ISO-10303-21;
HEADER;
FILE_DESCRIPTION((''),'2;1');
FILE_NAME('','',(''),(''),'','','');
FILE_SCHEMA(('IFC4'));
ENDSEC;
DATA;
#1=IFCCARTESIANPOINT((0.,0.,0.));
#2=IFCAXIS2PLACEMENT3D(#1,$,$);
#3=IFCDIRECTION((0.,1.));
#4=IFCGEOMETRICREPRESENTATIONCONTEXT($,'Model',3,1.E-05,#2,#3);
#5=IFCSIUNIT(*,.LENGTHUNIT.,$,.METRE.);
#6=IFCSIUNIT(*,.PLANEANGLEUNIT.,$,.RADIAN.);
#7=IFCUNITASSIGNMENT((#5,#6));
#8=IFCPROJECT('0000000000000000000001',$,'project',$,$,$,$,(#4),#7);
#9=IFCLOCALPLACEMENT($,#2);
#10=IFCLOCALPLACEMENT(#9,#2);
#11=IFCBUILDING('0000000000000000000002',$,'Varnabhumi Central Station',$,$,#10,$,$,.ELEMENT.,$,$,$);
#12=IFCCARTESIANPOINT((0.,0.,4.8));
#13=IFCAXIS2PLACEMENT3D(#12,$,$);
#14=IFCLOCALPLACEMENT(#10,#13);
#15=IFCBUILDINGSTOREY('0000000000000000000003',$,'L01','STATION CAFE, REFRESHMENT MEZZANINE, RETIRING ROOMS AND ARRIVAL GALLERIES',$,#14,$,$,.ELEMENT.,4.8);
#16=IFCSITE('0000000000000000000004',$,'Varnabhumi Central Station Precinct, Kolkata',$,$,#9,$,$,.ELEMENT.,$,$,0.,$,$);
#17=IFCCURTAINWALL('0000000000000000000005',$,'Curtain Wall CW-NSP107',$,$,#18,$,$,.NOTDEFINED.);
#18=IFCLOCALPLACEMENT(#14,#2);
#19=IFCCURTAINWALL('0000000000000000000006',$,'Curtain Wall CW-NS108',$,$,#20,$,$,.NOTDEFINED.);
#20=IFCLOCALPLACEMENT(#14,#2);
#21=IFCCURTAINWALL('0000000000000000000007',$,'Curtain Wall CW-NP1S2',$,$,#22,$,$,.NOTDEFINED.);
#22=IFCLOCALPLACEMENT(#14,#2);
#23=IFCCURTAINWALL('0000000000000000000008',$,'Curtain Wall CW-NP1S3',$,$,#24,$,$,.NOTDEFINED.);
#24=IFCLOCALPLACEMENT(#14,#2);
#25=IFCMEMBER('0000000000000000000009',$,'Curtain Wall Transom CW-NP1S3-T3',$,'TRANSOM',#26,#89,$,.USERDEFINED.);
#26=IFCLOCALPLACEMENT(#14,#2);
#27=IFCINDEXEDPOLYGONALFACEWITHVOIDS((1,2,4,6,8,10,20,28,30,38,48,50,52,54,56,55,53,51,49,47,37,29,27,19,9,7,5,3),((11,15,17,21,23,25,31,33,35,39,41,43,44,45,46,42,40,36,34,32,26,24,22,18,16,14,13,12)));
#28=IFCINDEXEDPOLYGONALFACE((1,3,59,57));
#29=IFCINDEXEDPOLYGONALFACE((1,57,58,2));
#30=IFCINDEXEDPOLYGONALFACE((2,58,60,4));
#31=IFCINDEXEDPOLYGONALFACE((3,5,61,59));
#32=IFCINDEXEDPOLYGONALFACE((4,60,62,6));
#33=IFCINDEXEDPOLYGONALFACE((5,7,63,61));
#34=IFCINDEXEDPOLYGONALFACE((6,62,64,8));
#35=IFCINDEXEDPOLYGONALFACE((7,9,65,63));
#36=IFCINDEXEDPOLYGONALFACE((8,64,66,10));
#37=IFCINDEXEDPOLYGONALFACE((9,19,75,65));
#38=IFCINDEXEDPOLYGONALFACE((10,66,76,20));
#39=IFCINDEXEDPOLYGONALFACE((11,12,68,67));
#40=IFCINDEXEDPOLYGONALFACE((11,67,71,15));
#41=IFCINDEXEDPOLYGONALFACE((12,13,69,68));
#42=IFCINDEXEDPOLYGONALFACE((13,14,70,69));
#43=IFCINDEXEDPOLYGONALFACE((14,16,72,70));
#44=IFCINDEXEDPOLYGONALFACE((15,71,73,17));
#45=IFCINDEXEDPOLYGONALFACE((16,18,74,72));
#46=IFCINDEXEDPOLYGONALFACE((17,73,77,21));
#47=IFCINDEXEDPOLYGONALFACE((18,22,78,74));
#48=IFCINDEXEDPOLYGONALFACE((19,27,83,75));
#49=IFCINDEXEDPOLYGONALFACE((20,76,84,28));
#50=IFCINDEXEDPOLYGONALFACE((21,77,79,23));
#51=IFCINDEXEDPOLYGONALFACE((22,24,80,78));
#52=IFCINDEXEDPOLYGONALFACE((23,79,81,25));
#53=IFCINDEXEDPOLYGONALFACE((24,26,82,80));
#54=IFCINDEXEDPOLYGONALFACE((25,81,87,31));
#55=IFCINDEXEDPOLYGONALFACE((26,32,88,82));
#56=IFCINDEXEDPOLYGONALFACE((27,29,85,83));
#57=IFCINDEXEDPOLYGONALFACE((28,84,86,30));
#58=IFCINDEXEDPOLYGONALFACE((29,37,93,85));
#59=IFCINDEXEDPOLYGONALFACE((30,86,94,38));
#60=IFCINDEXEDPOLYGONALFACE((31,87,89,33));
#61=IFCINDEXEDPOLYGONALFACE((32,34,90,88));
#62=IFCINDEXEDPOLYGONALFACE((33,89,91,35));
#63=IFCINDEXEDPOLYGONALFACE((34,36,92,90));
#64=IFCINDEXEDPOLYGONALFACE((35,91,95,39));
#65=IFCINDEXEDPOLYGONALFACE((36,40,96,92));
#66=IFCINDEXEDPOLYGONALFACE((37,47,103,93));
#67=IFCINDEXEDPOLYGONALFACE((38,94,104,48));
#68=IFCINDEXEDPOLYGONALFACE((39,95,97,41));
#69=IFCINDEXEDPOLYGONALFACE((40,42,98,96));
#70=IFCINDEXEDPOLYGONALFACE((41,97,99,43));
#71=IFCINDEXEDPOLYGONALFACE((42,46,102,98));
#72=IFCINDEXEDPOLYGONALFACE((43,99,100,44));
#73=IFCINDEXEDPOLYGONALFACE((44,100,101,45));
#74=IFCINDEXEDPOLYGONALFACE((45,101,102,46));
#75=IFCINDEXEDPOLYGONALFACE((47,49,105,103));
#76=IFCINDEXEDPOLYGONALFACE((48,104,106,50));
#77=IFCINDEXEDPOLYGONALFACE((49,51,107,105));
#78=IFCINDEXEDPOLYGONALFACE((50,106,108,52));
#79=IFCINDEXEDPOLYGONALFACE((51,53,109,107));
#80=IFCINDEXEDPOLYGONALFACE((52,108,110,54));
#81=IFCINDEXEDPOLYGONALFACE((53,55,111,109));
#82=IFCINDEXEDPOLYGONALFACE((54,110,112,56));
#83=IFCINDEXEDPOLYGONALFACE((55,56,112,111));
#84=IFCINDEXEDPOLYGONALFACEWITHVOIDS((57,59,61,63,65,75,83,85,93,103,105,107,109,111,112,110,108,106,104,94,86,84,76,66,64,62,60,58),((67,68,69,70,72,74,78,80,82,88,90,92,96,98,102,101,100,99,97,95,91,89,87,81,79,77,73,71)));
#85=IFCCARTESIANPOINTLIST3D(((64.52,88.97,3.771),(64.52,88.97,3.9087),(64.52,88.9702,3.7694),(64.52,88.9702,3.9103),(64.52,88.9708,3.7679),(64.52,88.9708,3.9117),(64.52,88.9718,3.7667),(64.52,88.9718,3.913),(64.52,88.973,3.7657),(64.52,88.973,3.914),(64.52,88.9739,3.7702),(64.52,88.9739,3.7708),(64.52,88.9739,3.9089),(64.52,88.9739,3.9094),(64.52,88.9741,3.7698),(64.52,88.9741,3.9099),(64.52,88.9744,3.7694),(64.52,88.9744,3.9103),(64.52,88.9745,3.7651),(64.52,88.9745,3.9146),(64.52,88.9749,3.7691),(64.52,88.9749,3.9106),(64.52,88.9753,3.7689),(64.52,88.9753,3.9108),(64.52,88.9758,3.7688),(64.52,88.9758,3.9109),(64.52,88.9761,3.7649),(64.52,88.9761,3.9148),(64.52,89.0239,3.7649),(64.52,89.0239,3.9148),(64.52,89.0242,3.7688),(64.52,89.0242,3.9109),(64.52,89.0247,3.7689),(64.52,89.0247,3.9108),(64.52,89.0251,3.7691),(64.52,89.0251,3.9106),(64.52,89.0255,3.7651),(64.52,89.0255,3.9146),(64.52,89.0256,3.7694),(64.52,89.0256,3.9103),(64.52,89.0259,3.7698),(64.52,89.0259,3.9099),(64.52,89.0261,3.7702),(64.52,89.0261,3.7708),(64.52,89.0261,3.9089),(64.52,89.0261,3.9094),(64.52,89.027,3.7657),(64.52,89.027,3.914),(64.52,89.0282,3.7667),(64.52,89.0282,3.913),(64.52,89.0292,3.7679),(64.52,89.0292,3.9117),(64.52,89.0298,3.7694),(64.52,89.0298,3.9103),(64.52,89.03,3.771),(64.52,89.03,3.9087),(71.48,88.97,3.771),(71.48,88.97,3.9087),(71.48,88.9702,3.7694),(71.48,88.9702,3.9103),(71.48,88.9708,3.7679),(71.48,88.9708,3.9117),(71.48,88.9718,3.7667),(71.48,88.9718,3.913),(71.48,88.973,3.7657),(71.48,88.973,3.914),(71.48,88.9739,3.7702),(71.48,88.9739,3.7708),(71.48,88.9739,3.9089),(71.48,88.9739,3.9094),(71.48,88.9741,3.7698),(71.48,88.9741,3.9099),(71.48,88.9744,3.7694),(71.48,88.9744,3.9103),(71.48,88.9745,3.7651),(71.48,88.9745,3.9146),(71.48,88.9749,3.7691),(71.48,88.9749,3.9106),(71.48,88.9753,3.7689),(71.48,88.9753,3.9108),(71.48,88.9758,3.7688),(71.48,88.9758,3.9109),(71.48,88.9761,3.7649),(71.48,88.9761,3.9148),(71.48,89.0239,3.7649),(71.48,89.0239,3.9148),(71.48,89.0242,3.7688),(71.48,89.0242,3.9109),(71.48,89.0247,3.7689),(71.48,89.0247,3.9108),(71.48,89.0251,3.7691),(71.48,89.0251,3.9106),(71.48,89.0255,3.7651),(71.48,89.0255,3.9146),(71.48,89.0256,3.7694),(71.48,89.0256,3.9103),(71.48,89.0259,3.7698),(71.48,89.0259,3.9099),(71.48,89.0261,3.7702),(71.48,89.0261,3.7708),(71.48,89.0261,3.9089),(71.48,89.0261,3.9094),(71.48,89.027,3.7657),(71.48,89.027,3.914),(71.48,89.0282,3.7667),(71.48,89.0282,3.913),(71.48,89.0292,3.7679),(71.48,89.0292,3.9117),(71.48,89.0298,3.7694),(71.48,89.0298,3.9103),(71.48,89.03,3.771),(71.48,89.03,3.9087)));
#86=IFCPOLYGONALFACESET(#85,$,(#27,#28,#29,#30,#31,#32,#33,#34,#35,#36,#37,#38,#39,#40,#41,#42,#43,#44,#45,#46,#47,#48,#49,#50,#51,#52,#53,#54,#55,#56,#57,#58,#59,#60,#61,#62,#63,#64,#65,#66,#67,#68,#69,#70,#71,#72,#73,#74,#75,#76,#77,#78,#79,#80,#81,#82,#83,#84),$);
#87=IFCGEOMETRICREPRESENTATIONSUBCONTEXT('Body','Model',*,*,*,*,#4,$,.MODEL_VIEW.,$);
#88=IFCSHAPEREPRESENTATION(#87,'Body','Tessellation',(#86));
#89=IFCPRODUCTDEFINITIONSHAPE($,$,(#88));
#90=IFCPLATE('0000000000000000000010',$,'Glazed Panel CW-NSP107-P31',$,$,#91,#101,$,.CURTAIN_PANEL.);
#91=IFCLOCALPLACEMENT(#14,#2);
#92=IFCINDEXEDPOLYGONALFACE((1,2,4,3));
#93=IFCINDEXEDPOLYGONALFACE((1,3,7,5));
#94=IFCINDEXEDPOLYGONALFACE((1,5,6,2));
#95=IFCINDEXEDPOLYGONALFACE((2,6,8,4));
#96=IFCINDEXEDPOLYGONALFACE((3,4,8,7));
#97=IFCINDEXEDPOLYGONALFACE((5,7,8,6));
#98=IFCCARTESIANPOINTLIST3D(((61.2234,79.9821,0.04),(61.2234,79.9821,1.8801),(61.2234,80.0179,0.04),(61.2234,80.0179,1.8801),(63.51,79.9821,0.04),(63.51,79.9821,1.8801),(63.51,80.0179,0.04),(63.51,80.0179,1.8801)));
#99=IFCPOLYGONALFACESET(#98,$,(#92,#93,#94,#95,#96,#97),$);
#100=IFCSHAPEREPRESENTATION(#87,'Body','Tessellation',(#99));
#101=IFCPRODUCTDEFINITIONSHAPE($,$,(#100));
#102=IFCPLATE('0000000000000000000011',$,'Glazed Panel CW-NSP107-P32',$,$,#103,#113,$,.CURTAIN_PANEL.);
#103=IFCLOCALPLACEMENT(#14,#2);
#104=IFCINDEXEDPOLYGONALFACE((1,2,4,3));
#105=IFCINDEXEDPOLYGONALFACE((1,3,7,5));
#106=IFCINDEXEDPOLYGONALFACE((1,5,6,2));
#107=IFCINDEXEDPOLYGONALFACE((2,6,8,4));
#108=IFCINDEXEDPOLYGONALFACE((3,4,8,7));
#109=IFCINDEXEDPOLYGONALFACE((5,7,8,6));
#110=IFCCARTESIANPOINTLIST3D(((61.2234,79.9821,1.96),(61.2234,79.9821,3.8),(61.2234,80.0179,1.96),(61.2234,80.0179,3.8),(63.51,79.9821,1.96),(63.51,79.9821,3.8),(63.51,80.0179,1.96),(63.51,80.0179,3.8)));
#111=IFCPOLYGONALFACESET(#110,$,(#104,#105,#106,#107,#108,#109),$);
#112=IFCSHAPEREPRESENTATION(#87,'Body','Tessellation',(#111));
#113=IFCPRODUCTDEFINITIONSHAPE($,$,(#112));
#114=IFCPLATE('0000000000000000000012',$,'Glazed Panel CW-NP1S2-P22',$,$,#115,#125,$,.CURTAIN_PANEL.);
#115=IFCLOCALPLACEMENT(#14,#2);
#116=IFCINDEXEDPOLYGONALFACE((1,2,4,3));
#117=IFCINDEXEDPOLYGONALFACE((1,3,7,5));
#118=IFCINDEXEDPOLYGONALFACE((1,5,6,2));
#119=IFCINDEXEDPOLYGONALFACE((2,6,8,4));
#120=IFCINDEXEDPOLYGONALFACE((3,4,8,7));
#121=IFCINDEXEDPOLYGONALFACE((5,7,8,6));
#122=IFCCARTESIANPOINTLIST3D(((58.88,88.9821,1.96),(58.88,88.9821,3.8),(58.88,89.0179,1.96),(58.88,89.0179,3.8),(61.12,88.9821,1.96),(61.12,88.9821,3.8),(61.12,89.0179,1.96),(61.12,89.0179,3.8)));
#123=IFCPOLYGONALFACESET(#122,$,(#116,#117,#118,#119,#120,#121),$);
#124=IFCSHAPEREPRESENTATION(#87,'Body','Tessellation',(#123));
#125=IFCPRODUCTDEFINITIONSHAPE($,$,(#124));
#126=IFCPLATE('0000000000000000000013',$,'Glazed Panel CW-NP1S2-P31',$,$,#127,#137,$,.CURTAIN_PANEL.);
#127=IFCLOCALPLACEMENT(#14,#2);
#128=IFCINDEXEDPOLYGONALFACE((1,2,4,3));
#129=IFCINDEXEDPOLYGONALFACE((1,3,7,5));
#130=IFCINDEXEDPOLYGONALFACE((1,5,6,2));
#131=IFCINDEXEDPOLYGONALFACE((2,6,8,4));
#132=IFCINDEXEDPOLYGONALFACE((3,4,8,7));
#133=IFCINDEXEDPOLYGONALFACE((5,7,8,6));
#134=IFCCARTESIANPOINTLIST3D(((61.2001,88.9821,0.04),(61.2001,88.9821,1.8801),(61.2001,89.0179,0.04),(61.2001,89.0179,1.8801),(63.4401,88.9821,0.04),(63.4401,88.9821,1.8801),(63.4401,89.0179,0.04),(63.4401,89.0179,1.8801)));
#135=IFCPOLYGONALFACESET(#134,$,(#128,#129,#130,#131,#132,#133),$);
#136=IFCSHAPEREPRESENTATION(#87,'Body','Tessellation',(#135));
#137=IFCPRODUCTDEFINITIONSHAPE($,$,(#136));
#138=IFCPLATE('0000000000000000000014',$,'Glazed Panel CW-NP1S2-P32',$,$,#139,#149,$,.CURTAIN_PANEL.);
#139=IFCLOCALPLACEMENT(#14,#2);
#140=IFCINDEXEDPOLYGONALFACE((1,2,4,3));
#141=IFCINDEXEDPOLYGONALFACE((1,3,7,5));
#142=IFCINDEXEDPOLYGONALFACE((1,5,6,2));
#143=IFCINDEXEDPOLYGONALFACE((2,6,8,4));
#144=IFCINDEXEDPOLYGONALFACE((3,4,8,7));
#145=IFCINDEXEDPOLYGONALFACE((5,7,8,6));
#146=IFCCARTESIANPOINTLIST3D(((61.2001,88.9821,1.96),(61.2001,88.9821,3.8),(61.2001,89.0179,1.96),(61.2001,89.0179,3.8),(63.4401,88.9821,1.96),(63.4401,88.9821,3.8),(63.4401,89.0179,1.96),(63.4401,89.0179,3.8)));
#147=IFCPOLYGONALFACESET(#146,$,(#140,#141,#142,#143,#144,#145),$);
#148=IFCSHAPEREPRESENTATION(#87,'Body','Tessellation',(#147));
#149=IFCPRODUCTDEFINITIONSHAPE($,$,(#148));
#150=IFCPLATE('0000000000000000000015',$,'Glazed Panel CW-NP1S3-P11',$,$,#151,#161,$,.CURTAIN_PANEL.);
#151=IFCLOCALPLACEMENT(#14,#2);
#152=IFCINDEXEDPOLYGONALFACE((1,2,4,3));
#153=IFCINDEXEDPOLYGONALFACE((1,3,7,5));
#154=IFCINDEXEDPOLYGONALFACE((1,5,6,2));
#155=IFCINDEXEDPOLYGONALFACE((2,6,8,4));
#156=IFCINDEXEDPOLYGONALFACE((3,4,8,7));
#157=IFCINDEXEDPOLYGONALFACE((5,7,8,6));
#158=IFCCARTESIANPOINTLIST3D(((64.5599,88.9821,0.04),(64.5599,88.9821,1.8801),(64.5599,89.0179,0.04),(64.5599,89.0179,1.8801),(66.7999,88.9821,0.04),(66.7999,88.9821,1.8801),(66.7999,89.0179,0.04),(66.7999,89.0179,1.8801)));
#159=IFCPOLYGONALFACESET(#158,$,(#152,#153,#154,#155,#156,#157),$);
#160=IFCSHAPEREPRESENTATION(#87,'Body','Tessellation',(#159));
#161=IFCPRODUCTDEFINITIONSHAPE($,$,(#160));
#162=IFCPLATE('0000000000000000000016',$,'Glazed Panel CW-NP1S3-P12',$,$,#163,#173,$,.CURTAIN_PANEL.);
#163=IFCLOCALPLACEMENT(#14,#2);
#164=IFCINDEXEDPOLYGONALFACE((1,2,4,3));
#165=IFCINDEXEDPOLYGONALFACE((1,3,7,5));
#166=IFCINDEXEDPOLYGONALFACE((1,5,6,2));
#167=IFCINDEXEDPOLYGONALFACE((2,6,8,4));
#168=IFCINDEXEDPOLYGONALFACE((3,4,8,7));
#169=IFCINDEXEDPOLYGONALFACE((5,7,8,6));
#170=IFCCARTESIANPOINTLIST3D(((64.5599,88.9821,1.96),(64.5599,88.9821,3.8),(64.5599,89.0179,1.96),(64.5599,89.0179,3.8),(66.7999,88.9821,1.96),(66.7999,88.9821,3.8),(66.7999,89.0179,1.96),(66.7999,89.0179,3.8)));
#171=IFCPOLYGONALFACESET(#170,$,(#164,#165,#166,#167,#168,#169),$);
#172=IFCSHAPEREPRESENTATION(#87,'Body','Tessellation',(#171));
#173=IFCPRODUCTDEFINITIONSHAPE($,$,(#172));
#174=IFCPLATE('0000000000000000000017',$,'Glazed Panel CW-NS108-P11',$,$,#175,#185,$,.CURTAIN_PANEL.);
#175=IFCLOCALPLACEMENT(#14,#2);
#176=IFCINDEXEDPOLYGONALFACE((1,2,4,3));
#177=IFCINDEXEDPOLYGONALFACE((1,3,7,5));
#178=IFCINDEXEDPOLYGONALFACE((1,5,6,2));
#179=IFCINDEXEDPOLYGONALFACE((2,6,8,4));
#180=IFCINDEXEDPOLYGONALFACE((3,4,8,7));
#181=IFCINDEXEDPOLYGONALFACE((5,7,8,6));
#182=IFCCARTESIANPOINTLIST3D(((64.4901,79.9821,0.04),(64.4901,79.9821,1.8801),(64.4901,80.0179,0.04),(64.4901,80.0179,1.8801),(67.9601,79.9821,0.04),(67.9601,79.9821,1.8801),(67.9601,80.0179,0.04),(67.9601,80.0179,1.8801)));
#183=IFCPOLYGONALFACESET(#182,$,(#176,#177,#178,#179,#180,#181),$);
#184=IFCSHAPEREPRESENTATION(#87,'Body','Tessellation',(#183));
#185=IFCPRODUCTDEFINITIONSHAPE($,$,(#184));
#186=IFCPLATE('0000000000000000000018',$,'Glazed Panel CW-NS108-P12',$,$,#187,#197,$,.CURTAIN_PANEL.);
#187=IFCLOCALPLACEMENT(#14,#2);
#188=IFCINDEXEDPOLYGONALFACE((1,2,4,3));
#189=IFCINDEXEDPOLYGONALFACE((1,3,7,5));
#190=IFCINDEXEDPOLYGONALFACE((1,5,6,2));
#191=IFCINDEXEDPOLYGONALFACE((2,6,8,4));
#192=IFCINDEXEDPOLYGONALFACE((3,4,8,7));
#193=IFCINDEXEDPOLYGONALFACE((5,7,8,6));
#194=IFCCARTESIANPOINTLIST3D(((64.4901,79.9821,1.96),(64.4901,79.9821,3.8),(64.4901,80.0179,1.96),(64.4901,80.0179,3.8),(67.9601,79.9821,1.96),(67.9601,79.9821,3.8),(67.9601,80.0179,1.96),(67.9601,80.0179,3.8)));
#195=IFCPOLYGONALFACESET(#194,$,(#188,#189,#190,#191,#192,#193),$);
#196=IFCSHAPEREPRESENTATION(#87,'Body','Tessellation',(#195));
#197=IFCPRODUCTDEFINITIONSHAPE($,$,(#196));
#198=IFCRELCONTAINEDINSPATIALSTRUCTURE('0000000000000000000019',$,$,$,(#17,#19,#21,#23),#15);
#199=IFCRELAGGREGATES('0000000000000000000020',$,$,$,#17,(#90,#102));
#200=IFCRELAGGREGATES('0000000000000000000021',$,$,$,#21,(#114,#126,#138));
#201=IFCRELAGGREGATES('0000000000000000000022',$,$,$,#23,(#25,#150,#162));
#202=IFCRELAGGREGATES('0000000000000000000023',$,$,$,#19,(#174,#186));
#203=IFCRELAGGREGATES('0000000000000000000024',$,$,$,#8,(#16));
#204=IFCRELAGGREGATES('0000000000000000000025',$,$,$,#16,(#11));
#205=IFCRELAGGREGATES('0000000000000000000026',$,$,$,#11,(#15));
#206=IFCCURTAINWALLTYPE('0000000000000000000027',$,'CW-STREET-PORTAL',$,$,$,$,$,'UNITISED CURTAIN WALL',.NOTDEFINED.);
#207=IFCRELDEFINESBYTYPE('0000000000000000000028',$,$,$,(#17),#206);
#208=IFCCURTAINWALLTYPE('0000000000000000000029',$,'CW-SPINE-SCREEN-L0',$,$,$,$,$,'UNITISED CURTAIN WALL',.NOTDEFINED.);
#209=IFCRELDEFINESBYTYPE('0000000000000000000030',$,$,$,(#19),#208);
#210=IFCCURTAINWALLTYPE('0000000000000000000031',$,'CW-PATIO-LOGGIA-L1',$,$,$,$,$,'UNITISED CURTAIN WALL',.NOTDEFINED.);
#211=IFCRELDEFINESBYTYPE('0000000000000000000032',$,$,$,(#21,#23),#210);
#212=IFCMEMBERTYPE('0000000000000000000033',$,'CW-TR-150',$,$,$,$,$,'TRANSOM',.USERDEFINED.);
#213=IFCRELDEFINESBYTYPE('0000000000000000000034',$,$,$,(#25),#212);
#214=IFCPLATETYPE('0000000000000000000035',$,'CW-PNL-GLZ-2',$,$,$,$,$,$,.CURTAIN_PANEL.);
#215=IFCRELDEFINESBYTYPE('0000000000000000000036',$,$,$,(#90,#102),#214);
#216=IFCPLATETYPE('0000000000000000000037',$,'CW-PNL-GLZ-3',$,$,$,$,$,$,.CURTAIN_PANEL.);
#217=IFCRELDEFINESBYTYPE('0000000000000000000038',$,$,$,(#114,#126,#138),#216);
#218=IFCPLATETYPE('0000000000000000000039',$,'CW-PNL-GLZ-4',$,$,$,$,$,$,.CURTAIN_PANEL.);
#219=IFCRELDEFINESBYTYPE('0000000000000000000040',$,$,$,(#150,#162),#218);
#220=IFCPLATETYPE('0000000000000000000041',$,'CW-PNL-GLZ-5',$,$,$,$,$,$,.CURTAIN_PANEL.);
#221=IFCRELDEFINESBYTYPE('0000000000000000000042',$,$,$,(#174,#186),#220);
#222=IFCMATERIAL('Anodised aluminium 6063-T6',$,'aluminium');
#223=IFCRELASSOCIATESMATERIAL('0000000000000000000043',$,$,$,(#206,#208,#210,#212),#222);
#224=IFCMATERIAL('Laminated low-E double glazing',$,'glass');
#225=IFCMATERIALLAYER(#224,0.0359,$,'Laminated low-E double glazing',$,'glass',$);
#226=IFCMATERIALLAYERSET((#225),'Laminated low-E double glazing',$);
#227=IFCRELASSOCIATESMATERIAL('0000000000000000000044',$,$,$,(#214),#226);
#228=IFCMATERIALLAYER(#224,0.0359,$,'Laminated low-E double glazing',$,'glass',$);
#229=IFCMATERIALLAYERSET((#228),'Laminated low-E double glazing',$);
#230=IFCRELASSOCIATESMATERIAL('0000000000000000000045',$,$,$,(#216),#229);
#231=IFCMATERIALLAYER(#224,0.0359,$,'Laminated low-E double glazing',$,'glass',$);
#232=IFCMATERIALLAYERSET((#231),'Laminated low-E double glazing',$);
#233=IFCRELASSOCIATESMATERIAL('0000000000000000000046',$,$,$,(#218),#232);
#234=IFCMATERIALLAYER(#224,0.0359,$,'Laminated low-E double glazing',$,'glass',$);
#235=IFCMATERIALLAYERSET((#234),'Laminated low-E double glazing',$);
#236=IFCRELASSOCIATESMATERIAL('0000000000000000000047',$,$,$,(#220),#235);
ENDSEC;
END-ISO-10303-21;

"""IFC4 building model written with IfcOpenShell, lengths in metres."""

from ifc_helpers import new_model, si_unit, direction, frame, origin, origin_2d, place, context, subcontext, project, spatial, rectangle, hollow_rectangle, extrude, material, layer, layer_set, material_profile, profile_set, type_object, element, aggregate, save


model = new_model("IFC4")

# Units and contexts
model_context = context("Model", 3, precision=1e-05, world=origin(), true_north=direction((0.0, 1.0)))
body_context = subcontext(model_context, "Body", "Model", "MODEL_VIEW")
ifc_project = project(units=[si_unit("LENGTHUNIT", "METRE"), si_unit("PLANEANGLEUNIT", "RADIAN")], contexts=[model_context])

# Site, building, storey
site_placement = place(None, origin())
site = spatial("IfcSite", under=ifc_project, at=site_placement, Name="Varnabhumi Central Station Precinct, Kolkata", CompositionType="ELEMENT", RefElevation=0.0)
building_placement = place(site_placement, origin())
building = spatial("IfcBuilding", under=site, at=building_placement, Name="Varnabhumi Central Station", CompositionType="ELEMENT")
storey_placement = place(building_placement, frame((0.0, 0.0, 4.8)))
storey = spatial("IfcBuildingStorey", under=building, at=storey_placement, Name="L01", Description="STATION CAFE, REFRESHMENT MEZZANINE, RETIRING ROOMS AND ARRIVAL GALLERIES", CompositionType="ELEMENT", Elevation=4.8)

# Curtain wall
ifc_material_1 = material(Name="Anodised aluminium 6063-T6", Category="aluminium")
curtain_wall_type_1 = type_object("IfcCurtainWallType", Name="CW-STREET-PORTAL", ElementType="UNITISED CURTAIN WALL", PredefinedType="NOTDEFINED", material=ifc_material_1)
curtain_wall_1_placement = place(storey_placement, origin())
curtain_wall_1 = element("IfcCurtainWall", 1, at=curtain_wall_1_placement, inside=storey, type_object=curtain_wall_type_1, Name="Curtain Wall CW-NSP107", PredefinedType="NOTDEFINED")

# Curtain wall
curtain_wall_type_2 = type_object("IfcCurtainWallType", Name="CW-SPINE-SCREEN-L0", ElementType="UNITISED CURTAIN WALL", PredefinedType="NOTDEFINED", material=ifc_material_1)
curtain_wall_2_placement = place(storey_placement, origin())
curtain_wall_2 = element("IfcCurtainWall", 2, at=curtain_wall_2_placement, inside=storey, type_object=curtain_wall_type_2, Name="Curtain Wall CW-NS108", PredefinedType="NOTDEFINED")

# Curtain walls
curtain_wall_type_3 = type_object("IfcCurtainWallType", Name="CW-PATIO-LOGGIA-L1", ElementType="UNITISED CURTAIN WALL", PredefinedType="NOTDEFINED", material=ifc_material_1)
curtain_wall_3_placement = place(storey_placement, origin())
curtain_wall_3 = element("IfcCurtainWall", 3, at=curtain_wall_3_placement, inside=storey, type_object=curtain_wall_type_3, Name="Curtain Wall CW-NP1S2", PredefinedType="NOTDEFINED")
curtain_wall_4_placement = place(storey_placement, origin())
curtain_wall_4 = element("IfcCurtainWall", 4, at=curtain_wall_4_placement, inside=storey, type_object=curtain_wall_type_3, Name="Curtain Wall CW-NP1S3", PredefinedType="NOTDEFINED")

# Member
ifc_material_profile_1 = material_profile(ifc_material_1, hollow_rectangle(XDim=0.0601, YDim=0.1499, WallThickness=0.0039, InnerFilletRadius=0.002, OuterFilletRadius=0.0061, at=origin_2d()), Name="Anodised aluminium 6063-T6", Category="aluminium")
ifc_profile_set_1 = profile_set([ifc_material_profile_1], Name="Anodised aluminium 6063-T6")
member_type_1 = type_object("IfcMemberType", Name="CW-TR-150", ElementType="TRANSOM", PredefinedType="USERDEFINED", material=ifc_profile_set_1)
member_1_placement = place(storey_placement, frame((64.52, 89.0, 3.8398), z_axis=(1.0, 0.0, 0.0), x_axis=(0.0, 1.0, 0.0)))
member_1 = element("IfcMember", 5, at=member_1_placement, type_object=member_type_1, Name="Curtain Wall Transom CW-NP1S3-T3", ObjectType="TRANSOM", PredefinedType="USERDEFINED", context=body_context, shape_type="SweptSolid", body=[
    extrude(hollow_rectangle(XDim=0.0601, YDim=0.1499, WallThickness=0.0039, InnerFilletRadius=0.002, OuterFilletRadius=0.0061, at=origin_2d()), origin(), (0.0, 0.0, 1.0), 6.96),
])

# Plates
ifc_material_2 = material(Name="Laminated low-E double glazing", Category="glass")
ifc_layer_1 = layer(ifc_material_2, 0.0359, Name="Laminated low-E double glazing", Category="glass")
ifc_layer_set_1 = layer_set([ifc_layer_1], Name="Laminated low-E double glazing")
plate_type_1 = type_object("IfcPlateType", Name="CW-PNL-GLZ-2", PredefinedType="CURTAIN_PANEL", material=ifc_layer_set_1)
plate_1_placement = place(storey_placement, frame((62.3667, 80.0, 0.04), z_axis=(0.0, 0.0, 1.0), x_axis=(1.0, 0.0, 0.0)))
plate_1 = element("IfcPlate", 6, at=plate_1_placement, type_object=plate_type_1, Name="Glazed Panel CW-NSP107-P31", PredefinedType="CURTAIN_PANEL", context=body_context, shape_type="SweptSolid", body=[
    extrude(rectangle(XDim=2.2866, YDim=0.0359, at=origin_2d()), origin(), (0.0, 0.0, 1.0), 1.8401),
])
plate_2_placement = place(storey_placement, frame((62.3667, 80.0, 1.96), z_axis=(0.0, 0.0, 1.0), x_axis=(1.0, 0.0, 0.0)))
plate_2 = element("IfcPlate", 7, at=plate_2_placement, type_object=plate_type_1, Name="Glazed Panel CW-NSP107-P32", PredefinedType="CURTAIN_PANEL", context=body_context, shape_type="SweptSolid", body=[
    extrude(rectangle(XDim=2.2866, YDim=0.0359, at=origin_2d()), origin(), (0.0, 0.0, 1.0), 1.8401),
])
aggregate(curtain_wall_1, [plate_1, plate_2])
ifc_layer_2 = layer(ifc_material_2, 0.0359, Name="Laminated low-E double glazing", Category="glass")
ifc_layer_set_2 = layer_set([ifc_layer_2], Name="Laminated low-E double glazing")
plate_type_2 = type_object("IfcPlateType", Name="CW-PNL-GLZ-3", PredefinedType="CURTAIN_PANEL", material=ifc_layer_set_2)
plate_3_placement = place(storey_placement, frame((60.0, 89.0, 1.96), z_axis=(0.0, 0.0, 1.0), x_axis=(1.0, 0.0, 0.0)))
plate_3 = element("IfcPlate", 8, at=plate_3_placement, type_object=plate_type_2, Name="Glazed Panel CW-NP1S2-P22", PredefinedType="CURTAIN_PANEL", context=body_context, shape_type="SweptSolid", body=[
    extrude(rectangle(XDim=2.24, YDim=0.0359, at=origin_2d()), origin(), (0.0, 0.0, 1.0), 1.8401),
])
plate_4_placement = place(storey_placement, frame((62.3201, 89.0, 0.04), z_axis=(0.0, 0.0, 1.0), x_axis=(1.0, 0.0, 0.0)))
plate_4 = element("IfcPlate", 9, at=plate_4_placement, type_object=plate_type_2, Name="Glazed Panel CW-NP1S2-P31", PredefinedType="CURTAIN_PANEL", context=body_context, shape_type="SweptSolid", body=[
    extrude(rectangle(XDim=2.24, YDim=0.0359, at=origin_2d()), origin(), (0.0, 0.0, 1.0), 1.8401),
])
plate_5_placement = place(storey_placement, frame((62.3201, 89.0, 1.96), z_axis=(0.0, 0.0, 1.0), x_axis=(1.0, 0.0, 0.0)))
plate_5 = element("IfcPlate", 10, at=plate_5_placement, type_object=plate_type_2, Name="Glazed Panel CW-NP1S2-P32", PredefinedType="CURTAIN_PANEL", context=body_context, shape_type="SweptSolid", body=[
    extrude(rectangle(XDim=2.24, YDim=0.0359, at=origin_2d()), origin(), (0.0, 0.0, 1.0), 1.8401),
])
aggregate(curtain_wall_3, [plate_3, plate_4, plate_5])
ifc_layer_3 = layer(ifc_material_2, 0.0359, Name="Laminated low-E double glazing", Category="glass")
ifc_layer_set_3 = layer_set([ifc_layer_3], Name="Laminated low-E double glazing")
plate_type_3 = type_object("IfcPlateType", Name="CW-PNL-GLZ-4", PredefinedType="CURTAIN_PANEL", material=ifc_layer_set_3)
plate_6_placement = place(storey_placement, frame((65.6799, 89.0, 0.04), z_axis=(0.0, 0.0, 1.0), x_axis=(1.0, 0.0, 0.0)))
plate_6 = element("IfcPlate", 11, at=plate_6_placement, type_object=plate_type_3, Name="Glazed Panel CW-NP1S3-P11", PredefinedType="CURTAIN_PANEL", context=body_context, shape_type="SweptSolid", body=[
    extrude(rectangle(XDim=2.24, YDim=0.0359, at=origin_2d()), origin(), (0.0, 0.0, 1.0), 1.8401),
])
plate_7_placement = place(storey_placement, frame((65.6799, 89.0, 1.96), z_axis=(0.0, 0.0, 1.0), x_axis=(1.0, 0.0, 0.0)))
plate_7 = element("IfcPlate", 12, at=plate_7_placement, type_object=plate_type_3, Name="Glazed Panel CW-NP1S3-P12", PredefinedType="CURTAIN_PANEL", context=body_context, shape_type="SweptSolid", body=[
    extrude(rectangle(XDim=2.24, YDim=0.0359, at=origin_2d()), origin(), (0.0, 0.0, 1.0), 1.8401),
])
aggregate(curtain_wall_4, [member_1, plate_6, plate_7])
ifc_layer_4 = layer(ifc_material_2, 0.0359, Name="Laminated low-E double glazing", Category="glass")
ifc_layer_set_4 = layer_set([ifc_layer_4], Name="Laminated low-E double glazing")
plate_type_4 = type_object("IfcPlateType", Name="CW-PNL-GLZ-5", PredefinedType="CURTAIN_PANEL", material=ifc_layer_set_4)
plate_8_placement = place(storey_placement, frame((66.2251, 80.0, 0.04), z_axis=(0.0, 0.0, 1.0), x_axis=(1.0, 0.0, 0.0)))
plate_8 = element("IfcPlate", 13, at=plate_8_placement, type_object=plate_type_4, Name="Glazed Panel CW-NS108-P11", PredefinedType="CURTAIN_PANEL", context=body_context, shape_type="SweptSolid", body=[
    extrude(rectangle(XDim=3.47, YDim=0.0359, at=origin_2d()), origin(), (0.0, 0.0, 1.0), 1.8401),
])
plate_9_placement = place(storey_placement, frame((66.2251, 80.0, 1.96), z_axis=(0.0, 0.0, 1.0), x_axis=(1.0, 0.0, 0.0)))
plate_9 = element("IfcPlate", 14, at=plate_9_placement, type_object=plate_type_4, Name="Glazed Panel CW-NS108-P12", PredefinedType="CURTAIN_PANEL", context=body_context, shape_type="SweptSolid", body=[
    extrude(rectangle(XDim=3.47, YDim=0.0359, at=origin_2d()), origin(), (0.0, 0.0, 1.0), 1.8401),
])
aggregate(curtain_wall_2, [plate_8, plate_9])

save(model, "model.ifc")
